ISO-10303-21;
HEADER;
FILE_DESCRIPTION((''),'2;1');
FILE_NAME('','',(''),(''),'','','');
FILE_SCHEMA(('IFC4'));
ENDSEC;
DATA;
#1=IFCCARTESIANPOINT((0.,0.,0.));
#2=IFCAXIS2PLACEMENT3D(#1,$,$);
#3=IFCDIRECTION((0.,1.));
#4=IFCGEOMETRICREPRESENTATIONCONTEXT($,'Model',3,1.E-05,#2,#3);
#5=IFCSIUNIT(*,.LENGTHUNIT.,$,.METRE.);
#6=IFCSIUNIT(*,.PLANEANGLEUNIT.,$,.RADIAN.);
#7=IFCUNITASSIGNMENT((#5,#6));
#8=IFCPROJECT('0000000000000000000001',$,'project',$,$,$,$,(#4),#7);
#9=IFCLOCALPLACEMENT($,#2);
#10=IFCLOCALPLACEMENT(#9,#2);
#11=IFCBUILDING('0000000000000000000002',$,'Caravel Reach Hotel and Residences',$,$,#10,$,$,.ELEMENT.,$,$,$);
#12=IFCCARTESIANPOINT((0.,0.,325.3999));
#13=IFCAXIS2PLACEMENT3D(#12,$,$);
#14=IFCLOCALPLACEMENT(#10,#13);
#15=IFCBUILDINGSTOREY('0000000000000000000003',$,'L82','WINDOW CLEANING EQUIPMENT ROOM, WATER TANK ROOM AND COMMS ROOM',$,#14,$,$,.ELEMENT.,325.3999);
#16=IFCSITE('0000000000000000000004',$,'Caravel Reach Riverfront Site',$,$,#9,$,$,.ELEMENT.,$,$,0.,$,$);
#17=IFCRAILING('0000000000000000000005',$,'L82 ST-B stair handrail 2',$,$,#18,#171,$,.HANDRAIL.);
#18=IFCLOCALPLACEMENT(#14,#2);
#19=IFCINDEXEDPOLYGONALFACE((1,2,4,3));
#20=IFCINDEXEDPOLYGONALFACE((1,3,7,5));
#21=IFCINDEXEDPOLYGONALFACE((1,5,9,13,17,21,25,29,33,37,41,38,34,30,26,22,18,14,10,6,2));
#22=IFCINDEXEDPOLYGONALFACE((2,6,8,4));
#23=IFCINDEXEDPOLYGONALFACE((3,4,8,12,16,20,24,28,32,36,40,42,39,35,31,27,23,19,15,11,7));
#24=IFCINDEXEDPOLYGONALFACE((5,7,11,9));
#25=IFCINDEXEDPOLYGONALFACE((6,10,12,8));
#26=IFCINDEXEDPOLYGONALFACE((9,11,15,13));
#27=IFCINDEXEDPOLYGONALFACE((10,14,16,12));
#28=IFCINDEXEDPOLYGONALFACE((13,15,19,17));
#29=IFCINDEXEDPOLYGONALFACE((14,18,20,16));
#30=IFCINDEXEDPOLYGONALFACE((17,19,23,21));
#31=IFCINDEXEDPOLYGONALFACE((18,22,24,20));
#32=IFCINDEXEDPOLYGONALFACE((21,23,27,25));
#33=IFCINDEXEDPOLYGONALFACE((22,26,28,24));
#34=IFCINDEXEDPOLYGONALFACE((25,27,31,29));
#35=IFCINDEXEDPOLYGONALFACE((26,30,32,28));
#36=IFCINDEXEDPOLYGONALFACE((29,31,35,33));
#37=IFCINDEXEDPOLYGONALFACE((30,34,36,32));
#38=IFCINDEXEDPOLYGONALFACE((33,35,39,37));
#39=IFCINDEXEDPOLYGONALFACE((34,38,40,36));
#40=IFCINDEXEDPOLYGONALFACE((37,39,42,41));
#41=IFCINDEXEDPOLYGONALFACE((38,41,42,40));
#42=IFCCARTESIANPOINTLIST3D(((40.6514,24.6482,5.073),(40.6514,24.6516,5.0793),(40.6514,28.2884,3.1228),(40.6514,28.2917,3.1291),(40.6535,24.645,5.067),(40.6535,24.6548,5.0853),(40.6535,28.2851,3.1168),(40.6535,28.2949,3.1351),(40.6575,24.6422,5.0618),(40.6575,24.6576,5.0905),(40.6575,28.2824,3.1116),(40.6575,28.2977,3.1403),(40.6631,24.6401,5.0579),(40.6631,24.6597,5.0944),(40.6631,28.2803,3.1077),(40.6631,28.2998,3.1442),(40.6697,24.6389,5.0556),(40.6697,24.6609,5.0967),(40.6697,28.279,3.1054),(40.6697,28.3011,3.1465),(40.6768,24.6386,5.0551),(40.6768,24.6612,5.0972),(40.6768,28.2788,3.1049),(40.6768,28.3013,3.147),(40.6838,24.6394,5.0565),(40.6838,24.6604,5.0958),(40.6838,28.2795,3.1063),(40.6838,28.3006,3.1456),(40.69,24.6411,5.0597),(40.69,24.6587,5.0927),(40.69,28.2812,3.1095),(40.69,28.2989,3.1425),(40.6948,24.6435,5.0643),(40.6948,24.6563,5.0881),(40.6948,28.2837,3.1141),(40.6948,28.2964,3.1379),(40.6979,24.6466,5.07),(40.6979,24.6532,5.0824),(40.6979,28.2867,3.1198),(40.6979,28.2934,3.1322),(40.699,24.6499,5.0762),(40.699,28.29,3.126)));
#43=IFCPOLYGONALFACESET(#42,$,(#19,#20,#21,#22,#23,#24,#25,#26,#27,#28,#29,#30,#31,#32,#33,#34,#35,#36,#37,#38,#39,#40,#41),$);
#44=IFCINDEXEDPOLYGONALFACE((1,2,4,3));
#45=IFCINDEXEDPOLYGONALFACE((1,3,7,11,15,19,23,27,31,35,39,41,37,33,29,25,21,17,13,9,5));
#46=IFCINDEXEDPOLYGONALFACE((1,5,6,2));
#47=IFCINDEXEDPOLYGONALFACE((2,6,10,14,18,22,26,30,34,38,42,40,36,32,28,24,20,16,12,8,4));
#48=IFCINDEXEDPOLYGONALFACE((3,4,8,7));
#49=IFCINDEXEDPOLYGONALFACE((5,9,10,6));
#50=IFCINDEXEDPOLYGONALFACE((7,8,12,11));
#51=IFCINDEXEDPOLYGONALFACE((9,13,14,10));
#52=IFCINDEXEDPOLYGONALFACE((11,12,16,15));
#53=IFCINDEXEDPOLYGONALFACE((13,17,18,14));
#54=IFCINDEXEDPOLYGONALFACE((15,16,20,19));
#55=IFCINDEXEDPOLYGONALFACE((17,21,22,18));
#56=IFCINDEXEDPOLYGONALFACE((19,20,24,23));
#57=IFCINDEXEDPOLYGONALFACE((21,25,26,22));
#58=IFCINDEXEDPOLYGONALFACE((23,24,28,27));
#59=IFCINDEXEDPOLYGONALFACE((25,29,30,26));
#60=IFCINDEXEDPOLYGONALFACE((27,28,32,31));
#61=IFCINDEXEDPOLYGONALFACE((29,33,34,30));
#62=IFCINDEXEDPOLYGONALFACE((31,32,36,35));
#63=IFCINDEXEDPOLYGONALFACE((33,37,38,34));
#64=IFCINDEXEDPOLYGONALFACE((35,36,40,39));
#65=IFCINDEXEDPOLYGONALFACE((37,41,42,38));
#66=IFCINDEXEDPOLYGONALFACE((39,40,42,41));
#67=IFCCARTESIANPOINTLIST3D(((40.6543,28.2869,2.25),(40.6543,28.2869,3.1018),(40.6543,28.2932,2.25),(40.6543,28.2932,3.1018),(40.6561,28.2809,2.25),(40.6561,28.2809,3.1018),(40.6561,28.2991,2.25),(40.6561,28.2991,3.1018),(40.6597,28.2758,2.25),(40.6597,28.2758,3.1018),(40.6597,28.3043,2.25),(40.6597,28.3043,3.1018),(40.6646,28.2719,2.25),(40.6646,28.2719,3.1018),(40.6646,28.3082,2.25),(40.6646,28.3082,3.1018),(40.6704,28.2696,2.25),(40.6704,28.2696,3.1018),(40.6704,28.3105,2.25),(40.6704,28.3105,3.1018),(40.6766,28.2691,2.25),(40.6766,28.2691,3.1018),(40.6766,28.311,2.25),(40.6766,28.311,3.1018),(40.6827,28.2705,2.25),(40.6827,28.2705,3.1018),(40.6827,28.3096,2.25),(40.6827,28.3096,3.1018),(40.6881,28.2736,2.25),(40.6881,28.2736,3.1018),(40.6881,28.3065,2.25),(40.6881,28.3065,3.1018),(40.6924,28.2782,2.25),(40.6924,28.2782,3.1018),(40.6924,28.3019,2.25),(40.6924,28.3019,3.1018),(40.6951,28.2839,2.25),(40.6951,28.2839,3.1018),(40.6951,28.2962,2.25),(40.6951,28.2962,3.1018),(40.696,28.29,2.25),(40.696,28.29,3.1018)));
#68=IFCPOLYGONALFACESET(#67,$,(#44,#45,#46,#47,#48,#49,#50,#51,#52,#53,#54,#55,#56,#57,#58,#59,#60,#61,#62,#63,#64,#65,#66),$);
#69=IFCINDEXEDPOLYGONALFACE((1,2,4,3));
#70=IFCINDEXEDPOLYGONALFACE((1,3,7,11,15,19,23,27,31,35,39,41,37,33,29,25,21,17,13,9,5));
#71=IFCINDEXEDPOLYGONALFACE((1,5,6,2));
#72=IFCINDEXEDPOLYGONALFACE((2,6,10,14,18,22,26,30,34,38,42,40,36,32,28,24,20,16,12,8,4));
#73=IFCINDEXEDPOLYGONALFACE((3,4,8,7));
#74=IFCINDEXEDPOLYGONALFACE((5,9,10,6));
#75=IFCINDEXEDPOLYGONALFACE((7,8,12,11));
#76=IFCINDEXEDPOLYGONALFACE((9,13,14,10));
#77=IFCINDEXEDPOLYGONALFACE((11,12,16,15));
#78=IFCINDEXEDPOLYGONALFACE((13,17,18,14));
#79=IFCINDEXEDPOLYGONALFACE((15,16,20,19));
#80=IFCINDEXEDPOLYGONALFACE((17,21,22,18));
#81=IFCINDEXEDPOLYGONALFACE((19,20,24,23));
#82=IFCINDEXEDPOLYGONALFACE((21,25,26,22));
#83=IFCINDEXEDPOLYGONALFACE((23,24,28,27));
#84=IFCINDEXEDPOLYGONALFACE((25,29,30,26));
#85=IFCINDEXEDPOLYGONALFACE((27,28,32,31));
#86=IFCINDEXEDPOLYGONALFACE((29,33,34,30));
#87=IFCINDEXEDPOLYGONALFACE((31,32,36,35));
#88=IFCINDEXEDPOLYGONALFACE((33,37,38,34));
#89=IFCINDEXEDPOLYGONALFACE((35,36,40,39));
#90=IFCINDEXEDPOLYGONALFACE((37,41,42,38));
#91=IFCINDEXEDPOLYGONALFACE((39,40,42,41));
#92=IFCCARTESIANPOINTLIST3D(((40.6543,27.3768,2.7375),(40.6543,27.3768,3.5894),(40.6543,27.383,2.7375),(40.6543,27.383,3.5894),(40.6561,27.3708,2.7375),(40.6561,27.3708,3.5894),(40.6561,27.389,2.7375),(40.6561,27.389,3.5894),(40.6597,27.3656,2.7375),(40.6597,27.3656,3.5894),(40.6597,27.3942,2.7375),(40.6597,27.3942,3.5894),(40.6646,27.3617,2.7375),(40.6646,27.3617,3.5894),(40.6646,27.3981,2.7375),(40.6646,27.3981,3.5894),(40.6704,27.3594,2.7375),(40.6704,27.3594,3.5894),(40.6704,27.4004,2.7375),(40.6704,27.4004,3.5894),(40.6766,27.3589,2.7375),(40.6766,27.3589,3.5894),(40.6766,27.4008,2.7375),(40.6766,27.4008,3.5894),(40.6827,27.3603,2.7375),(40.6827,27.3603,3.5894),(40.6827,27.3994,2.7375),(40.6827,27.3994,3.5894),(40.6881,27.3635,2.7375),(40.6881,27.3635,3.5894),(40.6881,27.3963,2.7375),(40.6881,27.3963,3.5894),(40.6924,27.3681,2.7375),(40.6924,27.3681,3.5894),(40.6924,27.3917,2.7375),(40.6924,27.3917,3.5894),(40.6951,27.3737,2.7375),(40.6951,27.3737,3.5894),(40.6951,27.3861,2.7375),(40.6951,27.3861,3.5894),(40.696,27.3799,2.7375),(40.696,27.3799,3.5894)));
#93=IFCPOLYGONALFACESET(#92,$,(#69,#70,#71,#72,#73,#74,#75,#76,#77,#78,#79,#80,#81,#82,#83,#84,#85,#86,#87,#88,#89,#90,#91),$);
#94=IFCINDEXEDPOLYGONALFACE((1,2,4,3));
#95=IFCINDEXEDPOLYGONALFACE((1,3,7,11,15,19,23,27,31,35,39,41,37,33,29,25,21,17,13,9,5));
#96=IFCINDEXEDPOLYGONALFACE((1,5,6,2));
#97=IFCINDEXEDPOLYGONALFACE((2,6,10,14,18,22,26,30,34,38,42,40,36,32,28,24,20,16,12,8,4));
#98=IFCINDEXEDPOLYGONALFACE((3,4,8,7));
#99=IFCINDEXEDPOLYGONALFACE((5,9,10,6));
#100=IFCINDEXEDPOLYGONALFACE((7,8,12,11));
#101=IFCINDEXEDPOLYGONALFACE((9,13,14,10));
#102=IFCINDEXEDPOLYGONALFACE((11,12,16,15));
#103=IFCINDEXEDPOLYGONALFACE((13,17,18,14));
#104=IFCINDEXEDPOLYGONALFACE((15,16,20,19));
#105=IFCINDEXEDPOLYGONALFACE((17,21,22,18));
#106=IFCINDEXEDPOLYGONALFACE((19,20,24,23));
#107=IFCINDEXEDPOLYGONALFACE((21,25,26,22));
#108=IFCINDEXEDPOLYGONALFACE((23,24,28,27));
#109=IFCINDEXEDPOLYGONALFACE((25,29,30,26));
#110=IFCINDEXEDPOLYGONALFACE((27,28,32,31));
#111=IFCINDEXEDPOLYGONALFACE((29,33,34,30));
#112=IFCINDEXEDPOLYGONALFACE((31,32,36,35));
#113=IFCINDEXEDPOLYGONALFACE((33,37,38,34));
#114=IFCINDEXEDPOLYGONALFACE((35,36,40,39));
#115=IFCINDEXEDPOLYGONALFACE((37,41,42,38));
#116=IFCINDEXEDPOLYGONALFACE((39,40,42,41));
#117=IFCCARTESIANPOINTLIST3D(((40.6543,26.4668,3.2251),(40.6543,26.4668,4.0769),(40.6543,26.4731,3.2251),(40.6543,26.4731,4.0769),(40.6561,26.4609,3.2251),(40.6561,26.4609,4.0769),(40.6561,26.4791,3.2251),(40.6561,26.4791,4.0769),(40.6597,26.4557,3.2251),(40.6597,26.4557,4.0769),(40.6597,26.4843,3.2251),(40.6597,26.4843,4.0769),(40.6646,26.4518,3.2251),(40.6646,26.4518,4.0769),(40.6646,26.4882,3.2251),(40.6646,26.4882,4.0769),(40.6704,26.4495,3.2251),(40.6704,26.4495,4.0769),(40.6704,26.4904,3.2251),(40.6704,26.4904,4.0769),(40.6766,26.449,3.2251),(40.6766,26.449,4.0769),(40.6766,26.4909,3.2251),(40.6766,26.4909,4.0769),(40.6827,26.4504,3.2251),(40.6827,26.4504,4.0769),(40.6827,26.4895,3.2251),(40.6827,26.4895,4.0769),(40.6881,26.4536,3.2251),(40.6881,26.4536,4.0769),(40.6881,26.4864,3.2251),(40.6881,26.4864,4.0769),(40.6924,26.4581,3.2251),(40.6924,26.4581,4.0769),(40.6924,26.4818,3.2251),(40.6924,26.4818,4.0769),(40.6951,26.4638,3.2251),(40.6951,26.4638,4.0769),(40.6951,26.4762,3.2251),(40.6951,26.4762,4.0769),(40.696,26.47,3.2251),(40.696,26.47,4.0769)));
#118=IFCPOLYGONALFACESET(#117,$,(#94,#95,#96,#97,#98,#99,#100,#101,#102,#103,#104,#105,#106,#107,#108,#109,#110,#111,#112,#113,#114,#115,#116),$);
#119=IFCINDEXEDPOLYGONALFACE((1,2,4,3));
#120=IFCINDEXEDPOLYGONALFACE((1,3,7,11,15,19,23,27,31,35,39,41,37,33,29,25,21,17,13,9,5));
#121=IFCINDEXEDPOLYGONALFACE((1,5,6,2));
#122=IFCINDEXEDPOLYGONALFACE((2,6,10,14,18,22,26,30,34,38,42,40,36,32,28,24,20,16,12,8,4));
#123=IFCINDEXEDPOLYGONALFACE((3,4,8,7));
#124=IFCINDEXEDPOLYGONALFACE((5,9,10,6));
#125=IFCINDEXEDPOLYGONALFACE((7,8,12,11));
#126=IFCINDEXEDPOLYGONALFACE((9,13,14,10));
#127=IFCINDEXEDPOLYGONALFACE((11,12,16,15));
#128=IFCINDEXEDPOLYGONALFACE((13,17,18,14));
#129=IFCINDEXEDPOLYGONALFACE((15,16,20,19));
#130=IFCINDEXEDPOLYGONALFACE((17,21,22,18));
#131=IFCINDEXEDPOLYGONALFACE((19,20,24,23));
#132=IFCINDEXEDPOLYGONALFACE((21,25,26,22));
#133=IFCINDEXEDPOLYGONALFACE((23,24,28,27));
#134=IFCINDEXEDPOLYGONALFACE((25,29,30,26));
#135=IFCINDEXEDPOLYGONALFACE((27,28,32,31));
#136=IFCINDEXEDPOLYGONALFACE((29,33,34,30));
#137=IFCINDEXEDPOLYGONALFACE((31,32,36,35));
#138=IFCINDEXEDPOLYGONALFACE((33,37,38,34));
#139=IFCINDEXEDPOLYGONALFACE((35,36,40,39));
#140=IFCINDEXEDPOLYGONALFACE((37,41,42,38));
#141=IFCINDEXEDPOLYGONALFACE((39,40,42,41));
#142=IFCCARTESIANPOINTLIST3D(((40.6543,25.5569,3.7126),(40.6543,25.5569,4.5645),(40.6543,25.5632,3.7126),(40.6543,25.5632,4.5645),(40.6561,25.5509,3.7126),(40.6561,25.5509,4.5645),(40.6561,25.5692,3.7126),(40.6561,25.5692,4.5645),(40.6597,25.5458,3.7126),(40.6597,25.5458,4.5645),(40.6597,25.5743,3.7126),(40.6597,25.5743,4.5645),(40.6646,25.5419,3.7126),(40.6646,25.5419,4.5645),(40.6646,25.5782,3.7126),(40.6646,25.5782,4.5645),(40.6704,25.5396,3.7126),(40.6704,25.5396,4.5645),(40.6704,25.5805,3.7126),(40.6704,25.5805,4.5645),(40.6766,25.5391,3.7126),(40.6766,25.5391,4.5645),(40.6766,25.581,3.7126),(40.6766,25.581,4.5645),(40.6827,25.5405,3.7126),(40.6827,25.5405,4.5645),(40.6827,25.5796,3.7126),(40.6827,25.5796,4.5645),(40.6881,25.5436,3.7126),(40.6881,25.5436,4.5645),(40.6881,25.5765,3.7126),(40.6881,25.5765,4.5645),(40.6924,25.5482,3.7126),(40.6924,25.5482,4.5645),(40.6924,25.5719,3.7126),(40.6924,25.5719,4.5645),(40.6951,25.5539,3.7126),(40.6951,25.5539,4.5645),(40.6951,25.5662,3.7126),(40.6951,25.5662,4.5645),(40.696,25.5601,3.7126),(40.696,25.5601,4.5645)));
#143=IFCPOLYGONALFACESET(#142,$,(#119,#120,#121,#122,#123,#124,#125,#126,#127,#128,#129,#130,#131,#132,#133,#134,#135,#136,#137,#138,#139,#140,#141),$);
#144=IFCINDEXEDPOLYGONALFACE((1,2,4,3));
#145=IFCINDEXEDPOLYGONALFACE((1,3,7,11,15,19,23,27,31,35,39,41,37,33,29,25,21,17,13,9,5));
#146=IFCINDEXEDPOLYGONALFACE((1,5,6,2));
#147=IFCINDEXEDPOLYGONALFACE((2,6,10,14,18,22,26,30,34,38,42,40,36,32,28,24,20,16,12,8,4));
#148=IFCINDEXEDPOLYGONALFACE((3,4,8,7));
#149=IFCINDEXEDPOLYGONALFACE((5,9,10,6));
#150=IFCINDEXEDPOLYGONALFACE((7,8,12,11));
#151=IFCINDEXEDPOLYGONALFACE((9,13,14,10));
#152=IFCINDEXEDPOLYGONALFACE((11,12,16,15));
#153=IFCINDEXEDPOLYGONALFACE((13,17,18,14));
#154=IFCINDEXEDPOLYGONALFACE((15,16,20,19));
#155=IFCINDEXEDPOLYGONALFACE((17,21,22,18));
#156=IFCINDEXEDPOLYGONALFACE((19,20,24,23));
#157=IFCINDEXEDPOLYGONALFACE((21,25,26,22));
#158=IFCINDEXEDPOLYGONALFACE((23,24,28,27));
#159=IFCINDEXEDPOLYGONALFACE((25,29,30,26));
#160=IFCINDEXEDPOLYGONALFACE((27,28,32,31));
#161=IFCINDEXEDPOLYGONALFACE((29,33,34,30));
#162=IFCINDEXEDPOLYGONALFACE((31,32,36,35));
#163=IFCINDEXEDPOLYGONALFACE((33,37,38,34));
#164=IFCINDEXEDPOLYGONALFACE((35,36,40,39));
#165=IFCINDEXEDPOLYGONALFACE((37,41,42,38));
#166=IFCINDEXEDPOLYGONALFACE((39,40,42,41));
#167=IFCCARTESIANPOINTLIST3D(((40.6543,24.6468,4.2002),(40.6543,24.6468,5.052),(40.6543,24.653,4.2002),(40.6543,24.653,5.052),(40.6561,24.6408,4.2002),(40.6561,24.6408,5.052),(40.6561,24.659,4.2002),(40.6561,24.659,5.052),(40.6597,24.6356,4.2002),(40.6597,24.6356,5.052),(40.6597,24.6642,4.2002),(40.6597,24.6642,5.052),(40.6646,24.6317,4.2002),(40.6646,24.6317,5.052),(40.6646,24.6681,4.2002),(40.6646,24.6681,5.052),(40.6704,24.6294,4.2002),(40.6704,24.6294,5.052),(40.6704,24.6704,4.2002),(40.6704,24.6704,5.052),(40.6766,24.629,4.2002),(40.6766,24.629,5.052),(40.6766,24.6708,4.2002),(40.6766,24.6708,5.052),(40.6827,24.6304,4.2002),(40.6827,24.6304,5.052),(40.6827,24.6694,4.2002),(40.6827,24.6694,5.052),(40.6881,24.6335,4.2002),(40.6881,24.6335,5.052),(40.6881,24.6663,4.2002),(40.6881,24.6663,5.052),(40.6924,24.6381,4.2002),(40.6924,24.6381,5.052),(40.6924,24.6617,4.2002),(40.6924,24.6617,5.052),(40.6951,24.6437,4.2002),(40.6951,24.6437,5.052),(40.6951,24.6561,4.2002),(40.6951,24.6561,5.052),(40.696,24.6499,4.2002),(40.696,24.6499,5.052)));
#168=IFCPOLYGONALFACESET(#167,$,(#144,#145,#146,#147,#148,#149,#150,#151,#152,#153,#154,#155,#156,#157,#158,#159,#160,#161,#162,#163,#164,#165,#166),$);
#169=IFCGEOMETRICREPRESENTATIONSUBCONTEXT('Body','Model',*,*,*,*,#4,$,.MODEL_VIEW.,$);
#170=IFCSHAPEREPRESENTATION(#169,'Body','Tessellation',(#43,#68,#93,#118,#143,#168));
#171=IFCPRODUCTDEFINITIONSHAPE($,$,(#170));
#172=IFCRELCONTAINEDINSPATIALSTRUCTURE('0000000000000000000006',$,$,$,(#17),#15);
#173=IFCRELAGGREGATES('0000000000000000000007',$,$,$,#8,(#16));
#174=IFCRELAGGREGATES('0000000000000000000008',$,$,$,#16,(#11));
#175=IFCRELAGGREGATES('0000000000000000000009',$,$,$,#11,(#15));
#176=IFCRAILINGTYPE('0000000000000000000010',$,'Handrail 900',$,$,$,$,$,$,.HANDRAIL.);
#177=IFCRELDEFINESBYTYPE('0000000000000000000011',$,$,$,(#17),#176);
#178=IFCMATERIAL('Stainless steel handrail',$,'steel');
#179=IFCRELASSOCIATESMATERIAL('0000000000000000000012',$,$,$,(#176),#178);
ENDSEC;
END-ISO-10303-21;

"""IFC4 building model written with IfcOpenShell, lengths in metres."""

from ifc_helpers import new_model, si_unit, direction, frame, origin, origin_2d, place, context, subcontext, project, spatial, circle, extrude, material, type_object, element, save


model = new_model("IFC4")

# Units and contexts
model_context = context("Model", 3, precision=1e-05, world=origin(), true_north=direction((0.0, 1.0)))
body_context = subcontext(model_context, "Body", "Model", "MODEL_VIEW")
ifc_project = project(units=[si_unit("LENGTHUNIT", "METRE"), si_unit("PLANEANGLEUNIT", "RADIAN")], contexts=[model_context])

# Site, building, storey
site_placement = place(None, origin())
site = spatial("IfcSite", under=ifc_project, at=site_placement, Name="Caravel Reach Riverfront Site", CompositionType="ELEMENT", RefElevation=0.0)
building_placement = place(site_placement, origin())
building = spatial("IfcBuilding", under=site, at=building_placement, Name="Caravel Reach Hotel and Residences", CompositionType="ELEMENT")
storey_placement = place(building_placement, frame((0.0, 0.0, 325.3999)))
storey = spatial("IfcBuildingStorey", under=building, at=storey_placement, Name="L82", Description="WINDOW CLEANING EQUIPMENT ROOM, WATER TANK ROOM AND COMMS ROOM", CompositionType="ELEMENT", Elevation=325.3999)

# Railing
ifc_material_1 = material(Name="Stainless steel handrail", Category="steel")
railing_type_1 = type_object("IfcRailingType", Name="Handrail 900", PredefinedType="HANDRAIL", material=ifc_material_1)
railing_1_placement = place(storey_placement, frame((40.675, 28.29, 2.25)))
element("IfcRailing", 1, at=railing_1_placement, inside=storey, type_object=railing_type_1, Name="L82 ST-B stair handrail 2", PredefinedType="HANDRAIL", context=body_context, shape_type="SweptSolid", body=[
    extrude(circle(Radius=0.0239, at=origin_2d()), frame((0.0, 0.0, 0.876), z_axis=(0.0, -0.881468, 0.472244), x_axis=(1.0, 0.0, 0.0)), (0.0, 0.0, 1.0), 4.1296),
    extrude(circle(Radius=0.021, at=origin_2d()), origin(), (0.0, 0.0, 1.0), 0.8518),
    extrude(circle(Radius=0.021, at=origin_2d()), frame((0.0, -0.9102, 0.4875)), (0.0, 0.0, 1.0), 0.8518),
    extrude(circle(Radius=0.021, at=origin_2d()), frame((0.0, -1.8201, 0.9751)), (0.0, 0.0, 1.0), 0.8518),
    extrude(circle(Radius=0.021, at=origin_2d()), frame((0.0, -2.73, 1.4626)), (0.0, 0.0, 1.0), 0.8518),
    extrude(circle(Radius=0.021, at=origin_2d()), frame((0.0, -3.6401, 1.9502)), (0.0, 0.0, 1.0), 0.8518),
])

save(model, "model.ifc")
